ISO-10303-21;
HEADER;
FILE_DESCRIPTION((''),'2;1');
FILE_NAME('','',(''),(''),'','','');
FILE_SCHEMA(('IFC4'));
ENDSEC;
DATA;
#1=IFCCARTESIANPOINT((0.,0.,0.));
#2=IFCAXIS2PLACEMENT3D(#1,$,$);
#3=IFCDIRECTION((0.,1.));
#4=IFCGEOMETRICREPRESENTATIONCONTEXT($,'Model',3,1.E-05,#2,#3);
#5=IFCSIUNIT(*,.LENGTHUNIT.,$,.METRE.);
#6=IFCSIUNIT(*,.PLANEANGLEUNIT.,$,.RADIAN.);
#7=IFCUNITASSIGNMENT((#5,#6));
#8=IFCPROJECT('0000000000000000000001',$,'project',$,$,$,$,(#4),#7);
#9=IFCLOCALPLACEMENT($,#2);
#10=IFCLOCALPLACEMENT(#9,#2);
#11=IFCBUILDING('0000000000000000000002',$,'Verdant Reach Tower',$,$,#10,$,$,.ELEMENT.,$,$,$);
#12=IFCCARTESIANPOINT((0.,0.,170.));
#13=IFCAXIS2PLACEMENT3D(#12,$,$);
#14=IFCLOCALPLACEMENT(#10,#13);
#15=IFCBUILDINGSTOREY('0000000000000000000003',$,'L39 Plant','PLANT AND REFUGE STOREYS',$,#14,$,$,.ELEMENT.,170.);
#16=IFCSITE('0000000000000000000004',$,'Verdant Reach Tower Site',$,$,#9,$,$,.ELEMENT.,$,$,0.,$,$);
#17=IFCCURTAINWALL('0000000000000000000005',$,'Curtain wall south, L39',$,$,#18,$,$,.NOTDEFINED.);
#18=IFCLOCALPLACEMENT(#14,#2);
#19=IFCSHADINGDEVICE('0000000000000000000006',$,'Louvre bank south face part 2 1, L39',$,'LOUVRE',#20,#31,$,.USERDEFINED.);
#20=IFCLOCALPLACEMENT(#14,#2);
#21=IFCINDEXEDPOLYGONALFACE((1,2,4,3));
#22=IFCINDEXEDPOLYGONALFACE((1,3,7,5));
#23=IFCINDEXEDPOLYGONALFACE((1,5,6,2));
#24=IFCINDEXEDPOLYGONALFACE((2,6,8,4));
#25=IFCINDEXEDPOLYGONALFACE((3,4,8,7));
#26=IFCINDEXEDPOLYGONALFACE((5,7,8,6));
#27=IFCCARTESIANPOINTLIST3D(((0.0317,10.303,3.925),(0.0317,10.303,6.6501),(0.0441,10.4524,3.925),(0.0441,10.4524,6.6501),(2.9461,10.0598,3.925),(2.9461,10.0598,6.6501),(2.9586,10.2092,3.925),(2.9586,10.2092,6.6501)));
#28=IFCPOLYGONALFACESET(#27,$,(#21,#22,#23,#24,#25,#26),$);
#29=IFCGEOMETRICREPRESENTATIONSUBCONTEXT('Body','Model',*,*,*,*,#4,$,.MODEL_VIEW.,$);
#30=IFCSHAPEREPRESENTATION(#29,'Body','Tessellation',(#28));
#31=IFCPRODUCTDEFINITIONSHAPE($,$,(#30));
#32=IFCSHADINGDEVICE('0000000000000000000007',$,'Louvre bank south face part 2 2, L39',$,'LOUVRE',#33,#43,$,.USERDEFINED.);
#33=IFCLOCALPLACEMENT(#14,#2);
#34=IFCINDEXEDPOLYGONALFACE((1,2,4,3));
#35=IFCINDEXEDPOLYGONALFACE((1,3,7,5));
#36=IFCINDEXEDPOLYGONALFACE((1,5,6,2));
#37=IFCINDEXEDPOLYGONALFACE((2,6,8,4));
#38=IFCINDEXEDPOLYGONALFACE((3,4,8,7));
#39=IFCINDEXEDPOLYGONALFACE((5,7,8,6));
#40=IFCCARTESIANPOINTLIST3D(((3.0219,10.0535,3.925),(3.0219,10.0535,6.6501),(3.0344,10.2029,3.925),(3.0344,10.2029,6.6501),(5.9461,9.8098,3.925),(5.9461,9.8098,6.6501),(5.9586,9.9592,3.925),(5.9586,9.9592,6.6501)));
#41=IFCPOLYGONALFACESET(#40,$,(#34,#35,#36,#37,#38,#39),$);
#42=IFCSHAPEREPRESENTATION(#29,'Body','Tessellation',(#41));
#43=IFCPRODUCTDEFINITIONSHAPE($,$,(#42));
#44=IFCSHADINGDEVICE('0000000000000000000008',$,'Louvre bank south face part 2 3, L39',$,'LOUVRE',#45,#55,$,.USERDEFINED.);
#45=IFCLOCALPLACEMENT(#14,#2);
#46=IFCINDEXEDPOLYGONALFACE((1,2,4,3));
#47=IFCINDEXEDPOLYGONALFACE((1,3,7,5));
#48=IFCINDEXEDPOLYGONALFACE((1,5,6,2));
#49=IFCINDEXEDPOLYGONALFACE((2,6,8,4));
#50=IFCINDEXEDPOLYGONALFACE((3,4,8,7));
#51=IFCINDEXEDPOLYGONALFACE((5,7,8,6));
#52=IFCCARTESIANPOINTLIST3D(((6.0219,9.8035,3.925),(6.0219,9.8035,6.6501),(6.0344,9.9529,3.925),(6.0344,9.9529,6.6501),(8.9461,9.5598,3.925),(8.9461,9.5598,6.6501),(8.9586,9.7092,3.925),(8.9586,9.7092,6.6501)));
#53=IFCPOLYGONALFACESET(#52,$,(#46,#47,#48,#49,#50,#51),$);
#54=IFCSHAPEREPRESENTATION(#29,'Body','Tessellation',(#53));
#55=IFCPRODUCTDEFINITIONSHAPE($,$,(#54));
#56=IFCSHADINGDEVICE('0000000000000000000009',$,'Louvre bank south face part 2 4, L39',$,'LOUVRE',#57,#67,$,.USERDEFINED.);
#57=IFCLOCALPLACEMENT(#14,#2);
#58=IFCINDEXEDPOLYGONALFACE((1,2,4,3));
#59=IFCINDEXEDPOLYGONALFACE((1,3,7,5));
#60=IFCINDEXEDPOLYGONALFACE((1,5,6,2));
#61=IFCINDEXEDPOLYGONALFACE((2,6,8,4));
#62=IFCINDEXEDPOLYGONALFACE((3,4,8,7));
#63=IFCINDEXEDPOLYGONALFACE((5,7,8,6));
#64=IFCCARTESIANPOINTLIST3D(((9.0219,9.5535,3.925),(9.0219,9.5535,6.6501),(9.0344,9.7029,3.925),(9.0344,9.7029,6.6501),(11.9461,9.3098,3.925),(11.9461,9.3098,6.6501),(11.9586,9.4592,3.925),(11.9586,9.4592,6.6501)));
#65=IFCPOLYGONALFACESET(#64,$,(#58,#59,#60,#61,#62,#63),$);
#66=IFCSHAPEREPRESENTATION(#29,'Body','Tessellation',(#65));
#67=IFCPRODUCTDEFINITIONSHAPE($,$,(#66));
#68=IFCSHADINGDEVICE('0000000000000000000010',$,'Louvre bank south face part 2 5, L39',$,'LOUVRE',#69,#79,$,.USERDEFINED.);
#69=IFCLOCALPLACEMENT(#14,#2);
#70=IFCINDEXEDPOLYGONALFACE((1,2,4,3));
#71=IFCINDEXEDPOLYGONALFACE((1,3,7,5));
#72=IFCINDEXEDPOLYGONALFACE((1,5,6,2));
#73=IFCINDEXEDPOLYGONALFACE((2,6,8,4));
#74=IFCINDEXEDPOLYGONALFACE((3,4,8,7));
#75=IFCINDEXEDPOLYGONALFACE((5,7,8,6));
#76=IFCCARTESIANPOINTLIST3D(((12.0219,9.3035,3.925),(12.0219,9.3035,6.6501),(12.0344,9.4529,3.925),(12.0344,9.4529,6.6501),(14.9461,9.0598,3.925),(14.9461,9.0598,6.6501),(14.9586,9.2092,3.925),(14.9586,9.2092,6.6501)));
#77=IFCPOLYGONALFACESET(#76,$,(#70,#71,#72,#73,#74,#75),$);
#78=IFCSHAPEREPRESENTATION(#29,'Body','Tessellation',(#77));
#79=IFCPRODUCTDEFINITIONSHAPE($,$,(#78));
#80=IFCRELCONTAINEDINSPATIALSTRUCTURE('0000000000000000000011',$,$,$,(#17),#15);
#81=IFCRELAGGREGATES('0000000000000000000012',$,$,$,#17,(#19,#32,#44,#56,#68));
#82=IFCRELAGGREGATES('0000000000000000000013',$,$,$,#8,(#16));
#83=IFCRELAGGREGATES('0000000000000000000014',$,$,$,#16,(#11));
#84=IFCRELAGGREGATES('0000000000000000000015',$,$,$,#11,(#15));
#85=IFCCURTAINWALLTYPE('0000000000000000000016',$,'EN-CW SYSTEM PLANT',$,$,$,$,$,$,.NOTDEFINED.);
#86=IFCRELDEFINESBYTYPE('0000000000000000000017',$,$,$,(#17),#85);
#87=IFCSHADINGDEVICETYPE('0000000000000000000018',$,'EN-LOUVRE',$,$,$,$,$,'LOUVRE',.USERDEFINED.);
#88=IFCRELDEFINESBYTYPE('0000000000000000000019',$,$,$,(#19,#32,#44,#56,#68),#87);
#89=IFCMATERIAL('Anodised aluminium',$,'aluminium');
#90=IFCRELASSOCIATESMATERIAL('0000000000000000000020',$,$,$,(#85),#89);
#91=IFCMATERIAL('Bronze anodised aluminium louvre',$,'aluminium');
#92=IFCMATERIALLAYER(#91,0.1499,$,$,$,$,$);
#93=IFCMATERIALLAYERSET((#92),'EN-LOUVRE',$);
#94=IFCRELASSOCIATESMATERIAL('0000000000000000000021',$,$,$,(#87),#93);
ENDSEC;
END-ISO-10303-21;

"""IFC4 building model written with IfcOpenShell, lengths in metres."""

from ifc_helpers import new_model, si_unit, direction, frame, origin, origin_2d, place, context, subcontext, project, spatial, rectangle, extrude, material, layer, layer_set, type_object, element, aggregate, save


model = new_model("IFC4")

# Units and contexts
model_context = context("Model", 3, precision=1e-05, world=origin(), true_north=direction((0.0, 1.0)))
body_context = subcontext(model_context, "Body", "Model", "MODEL_VIEW")
ifc_project = project(units=[si_unit("LENGTHUNIT", "METRE"), si_unit("PLANEANGLEUNIT", "RADIAN")], contexts=[model_context])

# Site, building, storey
site_placement = place(None, origin())
site = spatial("IfcSite", under=ifc_project, at=site_placement, Name="Verdant Reach Tower Site", CompositionType="ELEMENT", RefElevation=0.0)
building_placement = place(site_placement, origin())
building = spatial("IfcBuilding", under=site, at=building_placement, Name="Verdant Reach Tower", CompositionType="ELEMENT")
storey_placement = place(building_placement, frame((0.0, 0.0, 170.0)))
storey = spatial("IfcBuildingStorey", under=building, at=storey_placement, Name="L39 Plant", Description="PLANT AND REFUGE STOREYS", CompositionType="ELEMENT", Elevation=170.0)

# Curtain wall
ifc_material_1 = material(Name="Anodised aluminium", Category="aluminium")
curtain_wall_type = type_object("IfcCurtainWallType", Name="EN-CW SYSTEM PLANT", PredefinedType="NOTDEFINED", material=ifc_material_1)
curtain_wall_placement = place(storey_placement, origin())
curtain_wall = element("IfcCurtainWall", 1, at=curtain_wall_placement, inside=storey, type_object=curtain_wall_type, Name="Curtain wall south, L39", PredefinedType="NOTDEFINED")

# Shading devices
ifc_material_2 = material(Name="Bronze anodised aluminium louvre", Category="aluminium")
ifc_layer_1 = layer(ifc_material_2, 0.1499)
ifc_layer_set_1 = layer_set([ifc_layer_1], Name="EN-LOUVRE")
shading_device_type = type_object("IfcShadingDeviceType", Name="EN-LOUVRE", ElementType="LOUVRE", PredefinedType="USERDEFINED", material=ifc_layer_set_1)
shading_device_1_placement = place(storey_placement, frame((1.4951, 10.2561, 3.925), z_axis=(0.0, 0.0, 1.0), x_axis=(0.996534, -0.083182, 0.0)))
shading_device_1 = element("IfcShadingDevice", 2, at=shading_device_1_placement, type_object=shading_device_type, Name="Louvre bank south face part 2 1, L39", ObjectType="LOUVRE", PredefinedType="USERDEFINED", context=body_context, shape_type="SweptSolid", body=[
    extrude(rectangle(XDim=2.9246, YDim=0.1499, at=origin_2d()), origin(), (0.0, 0.0, 1.0), 2.7251),
])
shading_device_2_placement = place(storey_placement, frame((4.4902, 10.0063, 3.925), z_axis=(0.0, 0.0, 1.0), x_axis=(0.996546, -0.083045, 0.0)))
shading_device_2 = element("IfcShadingDevice", 3, at=shading_device_2_placement, type_object=shading_device_type, Name="Louvre bank south face part 2 2, L39", ObjectType="LOUVRE", PredefinedType="USERDEFINED", context=body_context, shape_type="SweptSolid", body=[
    extrude(rectangle(XDim=2.9343, YDim=0.1499, at=origin_2d()), origin(), (0.0, 0.0, 1.0), 2.7251),
])
shading_device_3_placement = place(storey_placement, frame((7.4902, 9.7563, 3.925), z_axis=(0.0, 0.0, 1.0), x_axis=(0.996546, -0.083045, 0.0)))
shading_device_3 = element("IfcShadingDevice", 4, at=shading_device_3_placement, type_object=shading_device_type, Name="Louvre bank south face part 2 3, L39", ObjectType="LOUVRE", PredefinedType="USERDEFINED", context=body_context, shape_type="SweptSolid", body=[
    extrude(rectangle(XDim=2.9343, YDim=0.1499, at=origin_2d()), origin(), (0.0, 0.0, 1.0), 2.7251),
])
shading_device_4_placement = place(storey_placement, frame((10.4902, 9.5063, 3.925), z_axis=(0.0, 0.0, 1.0), x_axis=(0.996546, -0.083045, 0.0)))
shading_device_4 = element("IfcShadingDevice", 5, at=shading_device_4_placement, type_object=shading_device_type, Name="Louvre bank south face part 2 4, L39", ObjectType="LOUVRE", PredefinedType="USERDEFINED", context=body_context, shape_type="SweptSolid", body=[
    extrude(rectangle(XDim=2.9343, YDim=0.1499, at=origin_2d()), origin(), (0.0, 0.0, 1.0), 2.7251),
])
shading_device_5_placement = place(storey_placement, frame((13.4902, 9.2563, 3.925), z_axis=(0.0, 0.0, 1.0), x_axis=(0.996546, -0.083045, 0.0)))
shading_device_5 = element("IfcShadingDevice", 6, at=shading_device_5_placement, type_object=shading_device_type, Name="Louvre bank south face part 2 5, L39", ObjectType="LOUVRE", PredefinedType="USERDEFINED", context=body_context, shape_type="SweptSolid", body=[
    extrude(rectangle(XDim=2.9343, YDim=0.1499, at=origin_2d()), origin(), (0.0, 0.0, 1.0), 2.7251),
])
aggregate(curtain_wall, [shading_device_1, shading_device_2, shading_device_3, shading_device_4, shading_device_5])

save(model, "model.ifc")
